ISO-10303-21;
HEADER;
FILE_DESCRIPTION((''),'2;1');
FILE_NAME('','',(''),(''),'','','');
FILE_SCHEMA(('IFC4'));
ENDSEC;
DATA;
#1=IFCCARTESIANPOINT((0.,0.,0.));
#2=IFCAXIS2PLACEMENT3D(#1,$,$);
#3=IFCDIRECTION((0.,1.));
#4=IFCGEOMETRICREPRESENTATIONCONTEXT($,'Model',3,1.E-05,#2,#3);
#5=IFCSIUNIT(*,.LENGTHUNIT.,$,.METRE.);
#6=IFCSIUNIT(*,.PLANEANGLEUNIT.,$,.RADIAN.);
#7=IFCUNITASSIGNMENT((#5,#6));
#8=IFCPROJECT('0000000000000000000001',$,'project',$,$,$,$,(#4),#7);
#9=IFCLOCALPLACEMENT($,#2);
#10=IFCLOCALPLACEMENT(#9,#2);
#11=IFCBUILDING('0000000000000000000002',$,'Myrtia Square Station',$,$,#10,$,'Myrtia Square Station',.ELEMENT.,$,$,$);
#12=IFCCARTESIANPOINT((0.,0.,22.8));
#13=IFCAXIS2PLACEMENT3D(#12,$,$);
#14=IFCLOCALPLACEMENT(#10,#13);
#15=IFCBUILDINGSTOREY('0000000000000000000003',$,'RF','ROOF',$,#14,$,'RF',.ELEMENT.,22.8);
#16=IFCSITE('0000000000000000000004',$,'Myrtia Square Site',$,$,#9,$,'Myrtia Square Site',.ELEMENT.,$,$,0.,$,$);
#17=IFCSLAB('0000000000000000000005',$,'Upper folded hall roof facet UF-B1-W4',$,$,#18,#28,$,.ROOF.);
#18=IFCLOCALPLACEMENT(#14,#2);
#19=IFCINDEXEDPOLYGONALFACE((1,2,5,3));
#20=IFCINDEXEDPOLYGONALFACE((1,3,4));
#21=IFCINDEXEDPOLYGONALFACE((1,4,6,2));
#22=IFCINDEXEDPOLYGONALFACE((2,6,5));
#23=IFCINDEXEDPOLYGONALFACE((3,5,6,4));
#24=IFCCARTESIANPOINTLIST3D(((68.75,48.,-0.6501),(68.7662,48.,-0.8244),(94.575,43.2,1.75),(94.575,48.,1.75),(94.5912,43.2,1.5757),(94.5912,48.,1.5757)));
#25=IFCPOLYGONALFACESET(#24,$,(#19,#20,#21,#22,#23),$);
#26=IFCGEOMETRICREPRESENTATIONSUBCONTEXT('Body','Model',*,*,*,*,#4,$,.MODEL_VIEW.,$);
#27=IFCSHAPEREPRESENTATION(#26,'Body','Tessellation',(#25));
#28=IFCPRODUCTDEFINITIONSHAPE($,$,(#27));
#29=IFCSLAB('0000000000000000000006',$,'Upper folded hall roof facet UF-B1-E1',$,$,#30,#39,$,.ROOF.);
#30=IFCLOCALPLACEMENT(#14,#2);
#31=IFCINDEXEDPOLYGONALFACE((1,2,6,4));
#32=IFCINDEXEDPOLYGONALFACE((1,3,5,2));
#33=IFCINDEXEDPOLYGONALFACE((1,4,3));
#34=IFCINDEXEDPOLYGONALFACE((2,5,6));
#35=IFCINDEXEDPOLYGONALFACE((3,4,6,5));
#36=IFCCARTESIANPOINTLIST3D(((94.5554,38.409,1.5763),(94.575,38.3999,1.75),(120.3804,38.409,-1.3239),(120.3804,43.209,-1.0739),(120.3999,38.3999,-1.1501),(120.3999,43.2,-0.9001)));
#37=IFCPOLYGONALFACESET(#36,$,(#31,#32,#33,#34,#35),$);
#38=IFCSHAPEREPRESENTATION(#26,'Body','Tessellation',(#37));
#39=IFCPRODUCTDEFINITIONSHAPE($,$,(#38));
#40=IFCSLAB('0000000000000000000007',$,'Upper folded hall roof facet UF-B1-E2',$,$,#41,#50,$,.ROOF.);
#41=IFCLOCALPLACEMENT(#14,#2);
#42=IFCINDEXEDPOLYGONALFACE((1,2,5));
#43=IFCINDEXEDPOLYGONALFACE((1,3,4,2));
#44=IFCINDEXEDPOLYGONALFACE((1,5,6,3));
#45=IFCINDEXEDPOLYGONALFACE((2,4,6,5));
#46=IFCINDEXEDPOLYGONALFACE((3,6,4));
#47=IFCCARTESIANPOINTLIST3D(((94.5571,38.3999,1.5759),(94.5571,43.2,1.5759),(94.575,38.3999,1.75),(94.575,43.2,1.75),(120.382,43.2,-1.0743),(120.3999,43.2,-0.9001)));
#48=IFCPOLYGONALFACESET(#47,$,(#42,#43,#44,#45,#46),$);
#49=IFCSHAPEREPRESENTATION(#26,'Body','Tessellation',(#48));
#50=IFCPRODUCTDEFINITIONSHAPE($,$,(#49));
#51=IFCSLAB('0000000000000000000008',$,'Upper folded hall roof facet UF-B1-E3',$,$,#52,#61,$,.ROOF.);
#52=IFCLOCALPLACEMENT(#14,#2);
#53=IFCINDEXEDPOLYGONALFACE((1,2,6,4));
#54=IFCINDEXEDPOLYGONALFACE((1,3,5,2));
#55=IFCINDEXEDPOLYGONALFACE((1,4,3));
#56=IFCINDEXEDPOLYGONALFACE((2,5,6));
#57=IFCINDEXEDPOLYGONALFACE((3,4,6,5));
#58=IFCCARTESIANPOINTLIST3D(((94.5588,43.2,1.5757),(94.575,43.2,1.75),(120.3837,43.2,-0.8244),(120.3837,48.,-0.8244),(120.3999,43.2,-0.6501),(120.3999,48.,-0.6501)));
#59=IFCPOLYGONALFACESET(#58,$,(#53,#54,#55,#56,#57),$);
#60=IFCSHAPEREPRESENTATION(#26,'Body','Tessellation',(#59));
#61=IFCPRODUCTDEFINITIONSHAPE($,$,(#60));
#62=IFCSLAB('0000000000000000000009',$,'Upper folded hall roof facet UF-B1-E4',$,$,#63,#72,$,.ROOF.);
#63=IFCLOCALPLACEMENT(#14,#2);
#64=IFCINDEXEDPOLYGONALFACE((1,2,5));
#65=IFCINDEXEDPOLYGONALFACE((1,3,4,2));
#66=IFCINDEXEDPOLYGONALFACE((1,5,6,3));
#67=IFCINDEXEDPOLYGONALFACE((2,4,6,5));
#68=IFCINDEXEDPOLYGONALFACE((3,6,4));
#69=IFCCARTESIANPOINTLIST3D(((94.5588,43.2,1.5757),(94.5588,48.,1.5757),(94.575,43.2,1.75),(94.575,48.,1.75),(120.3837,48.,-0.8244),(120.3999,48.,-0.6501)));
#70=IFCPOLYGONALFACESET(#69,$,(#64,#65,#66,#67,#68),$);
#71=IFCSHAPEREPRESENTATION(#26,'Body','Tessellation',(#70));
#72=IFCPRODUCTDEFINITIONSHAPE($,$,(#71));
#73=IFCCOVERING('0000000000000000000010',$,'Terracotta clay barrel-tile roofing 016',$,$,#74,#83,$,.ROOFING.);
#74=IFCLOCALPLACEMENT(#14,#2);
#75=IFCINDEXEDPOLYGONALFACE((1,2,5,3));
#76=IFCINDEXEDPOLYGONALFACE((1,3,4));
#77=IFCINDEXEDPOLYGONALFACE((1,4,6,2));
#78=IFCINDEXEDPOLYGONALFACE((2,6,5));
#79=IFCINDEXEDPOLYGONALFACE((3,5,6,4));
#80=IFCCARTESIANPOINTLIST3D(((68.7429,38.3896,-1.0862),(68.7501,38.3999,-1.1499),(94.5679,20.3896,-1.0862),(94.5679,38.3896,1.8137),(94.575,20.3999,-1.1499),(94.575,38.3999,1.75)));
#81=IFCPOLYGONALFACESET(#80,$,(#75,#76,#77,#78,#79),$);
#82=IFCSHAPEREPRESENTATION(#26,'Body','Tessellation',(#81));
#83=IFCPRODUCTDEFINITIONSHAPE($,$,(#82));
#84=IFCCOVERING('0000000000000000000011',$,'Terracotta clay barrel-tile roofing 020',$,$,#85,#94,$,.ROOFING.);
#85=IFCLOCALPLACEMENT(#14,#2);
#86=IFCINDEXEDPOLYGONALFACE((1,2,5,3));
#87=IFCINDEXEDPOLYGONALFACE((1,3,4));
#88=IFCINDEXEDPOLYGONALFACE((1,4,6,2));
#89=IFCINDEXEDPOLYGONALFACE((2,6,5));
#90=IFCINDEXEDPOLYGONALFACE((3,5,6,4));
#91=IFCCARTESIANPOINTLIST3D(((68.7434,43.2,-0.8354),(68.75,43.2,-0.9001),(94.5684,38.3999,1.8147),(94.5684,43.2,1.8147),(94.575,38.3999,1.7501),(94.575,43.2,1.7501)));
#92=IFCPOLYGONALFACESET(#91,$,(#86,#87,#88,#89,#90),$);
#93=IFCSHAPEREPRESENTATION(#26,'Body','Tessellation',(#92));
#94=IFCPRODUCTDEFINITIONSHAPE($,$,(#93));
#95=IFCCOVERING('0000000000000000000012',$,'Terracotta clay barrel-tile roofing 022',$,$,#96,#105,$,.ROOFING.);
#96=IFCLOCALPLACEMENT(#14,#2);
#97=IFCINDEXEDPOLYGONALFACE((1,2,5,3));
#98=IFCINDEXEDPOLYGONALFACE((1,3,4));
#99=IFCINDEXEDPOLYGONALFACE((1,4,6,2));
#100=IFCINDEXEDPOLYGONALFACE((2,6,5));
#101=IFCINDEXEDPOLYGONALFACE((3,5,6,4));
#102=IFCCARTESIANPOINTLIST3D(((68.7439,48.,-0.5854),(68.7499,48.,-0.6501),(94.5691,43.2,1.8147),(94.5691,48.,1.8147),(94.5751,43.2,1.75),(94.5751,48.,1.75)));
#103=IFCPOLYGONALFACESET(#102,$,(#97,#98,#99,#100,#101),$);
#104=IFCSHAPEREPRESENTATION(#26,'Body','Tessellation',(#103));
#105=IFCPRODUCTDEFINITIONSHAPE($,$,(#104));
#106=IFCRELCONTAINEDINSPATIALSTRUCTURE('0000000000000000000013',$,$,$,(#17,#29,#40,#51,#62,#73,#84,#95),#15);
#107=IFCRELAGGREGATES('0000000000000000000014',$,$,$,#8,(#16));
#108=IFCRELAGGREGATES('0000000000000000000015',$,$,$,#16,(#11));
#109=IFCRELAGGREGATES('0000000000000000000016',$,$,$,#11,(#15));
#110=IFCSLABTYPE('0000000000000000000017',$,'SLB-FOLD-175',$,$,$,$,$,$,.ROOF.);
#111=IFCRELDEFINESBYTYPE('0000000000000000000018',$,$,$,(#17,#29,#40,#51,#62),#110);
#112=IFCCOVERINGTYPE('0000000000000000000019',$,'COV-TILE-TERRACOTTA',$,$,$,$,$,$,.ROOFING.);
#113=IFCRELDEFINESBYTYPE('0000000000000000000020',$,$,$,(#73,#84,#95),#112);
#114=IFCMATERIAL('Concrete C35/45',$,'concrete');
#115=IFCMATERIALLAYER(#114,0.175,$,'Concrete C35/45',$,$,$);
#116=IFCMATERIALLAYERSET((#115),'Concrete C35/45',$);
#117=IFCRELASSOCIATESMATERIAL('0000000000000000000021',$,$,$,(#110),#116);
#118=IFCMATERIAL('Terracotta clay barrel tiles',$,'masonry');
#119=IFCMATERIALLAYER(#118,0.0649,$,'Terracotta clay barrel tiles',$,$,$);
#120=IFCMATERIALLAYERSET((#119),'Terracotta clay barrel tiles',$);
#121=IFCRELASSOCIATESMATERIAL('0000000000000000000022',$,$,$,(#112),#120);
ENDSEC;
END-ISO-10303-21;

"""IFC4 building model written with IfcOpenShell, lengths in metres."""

from ifc_helpers import new_model, si_unit, direction, frame, origin, place, context, subcontext, project, spatial, polyline, outline, extrude, material, layer, layer_set, type_object, element, save


model = new_model("IFC4")

# Units and contexts
model_context = context("Model", 3, precision=1e-05, world=origin(), true_north=direction((0.0, 1.0)))
body_context = subcontext(model_context, "Body", "Model", "MODEL_VIEW")
ifc_project = project(units=[si_unit("LENGTHUNIT", "METRE"), si_unit("PLANEANGLEUNIT", "RADIAN")], contexts=[model_context])

# Site, building, storey
site_placement = place(None, origin())
site = spatial("IfcSite", under=ifc_project, at=site_placement, Name="Myrtia Square Site", LongName="Myrtia Square Site", CompositionType="ELEMENT", RefElevation=0.0)
building_placement = place(site_placement, origin())
building = spatial("IfcBuilding", under=site, at=building_placement, Name="Myrtia Square Station", LongName="Myrtia Square Station", CompositionType="ELEMENT")
storey_placement = place(building_placement, frame((0.0, 0.0, 22.8)))
storey = spatial("IfcBuildingStorey", under=building, at=storey_placement, Name="RF", Description="ROOF", LongName="RF", CompositionType="ELEMENT", Elevation=22.8)

# Slabs
ifc_material_1 = material(Name="Concrete C35/45", Category="concrete")
ifc_layer_1 = layer(ifc_material_1, 0.175, Name="Concrete C35/45")
ifc_layer_set_1 = layer_set([ifc_layer_1], Name="Concrete C35/45")
slab_type = type_object("IfcSlabType", Name="SLB-FOLD-175", PredefinedType="ROOF", material=ifc_layer_set_1)
slab_1_placement = place(storey_placement, frame((94.575, 43.2, 1.75), z_axis=(-0.09254, 0.0, 0.995709), x_axis=(0.0, 1.0, 0.0)))
element("IfcSlab", 1, at=slab_1_placement, inside=storey, type_object=slab_type, Name="Upper folded hall roof facet UF-B1-W4", PredefinedType="ROOF", context=body_context, shape_type="SweptSolid", body=[
    extrude(outline(polyline([(0.0, 0.0), (4.8, 0.0), (4.8, 25.9362), (0.0, 0.0)])), origin(), (0.0, 0.0, -1.0), 0.175),
])
slab_2_placement = place(storey_placement, frame((94.575, 38.3999, 1.75), z_axis=(0.111449, -0.051688, 0.992425), x_axis=(0.993753, 0.0, -0.111599)))
element("IfcSlab", 2, at=slab_2_placement, inside=storey, type_object=slab_type, Name="Upper folded hall roof facet UF-B1-E1", PredefinedType="ROOF", context=body_context, shape_type="SweptSolid", body=[
    extrude(outline(polyline([(0.0, 0.0), (25.9873, 0.0), (25.9594, 4.8065), (0.0, 0.0)])), origin(), (0.0, 0.0, -1.0), 0.175),
])
slab_3_placement = place(storey_placement, frame((94.575, 38.3999, 1.75), z_axis=(0.102084, 0.0, 0.994776), x_axis=(0.978195, 0.181816, -0.100382)))
element("IfcSlab", 3, at=slab_3_placement, inside=storey, type_object=slab_type, Name="Upper folded hall roof facet UF-B1-E2", PredefinedType="ROOF", context=body_context, shape_type="SweptSolid", body=[
    extrude(outline(polyline([(0.0, 0.0), (26.4006, 0.0), (0.8727, 4.72), (0.0, 0.0)])), origin(), (0.0, 0.0, -1.0), 0.175),
])
slab_4_placement = place(storey_placement, frame((94.575, 43.2, 1.75), z_axis=(0.09254, 0.0, 0.995709), x_axis=(0.995709, 0.0, -0.09254)))
element("IfcSlab", 4, at=slab_4_placement, inside=storey, type_object=slab_type, Name="Upper folded hall roof facet UF-B1-E3", PredefinedType="ROOF", context=body_context, shape_type="SweptSolid", body=[
    extrude(outline(polyline([(0.0, 0.0), (25.9362, 0.0), (25.9362, 4.8), (0.0, 0.0)])), origin(), (0.0, 0.0, -1.0), 0.175),
])
slab_5_placement = place(storey_placement, frame((94.575, 43.2, 1.75), z_axis=(0.09254, 0.0, 0.995709), x_axis=(0.979083, 0.181981, -0.090995)))
element("IfcSlab", 5, at=slab_5_placement, inside=storey, type_object=slab_type, Name="Upper folded hall roof facet UF-B1-E4", PredefinedType="ROOF", context=body_context, shape_type="SweptSolid", body=[
    extrude(outline(polyline([(0.0, 0.0), (26.3767, 0.0), (0.8735, 4.7199), (0.0, 0.0)])), origin(), (0.0, 0.0, -1.0), 0.175),
])

# Coverings
ifc_material_2 = material(Name="Terracotta clay barrel tiles", Category="masonry")
ifc_layer_2 = layer(ifc_material_2, 0.0649, Name="Terracotta clay barrel tiles")
ifc_layer_set_2 = layer_set([ifc_layer_2], Name="Terracotta clay barrel tiles")
covering_type = type_object("IfcCoveringType", Name="COV-TILE-TERRACOTTA", PredefinedType="ROOFING", material=ifc_layer_set_2)
covering_1_placement = place(storey_placement, frame((94.5679, 20.3896, -1.0862), z_axis=(-0.110186, -0.158086, 0.981258), x_axis=(0.0, 0.98727, 0.159055)))
element("IfcCovering", 6, at=covering_1_placement, inside=storey, type_object=covering_type, Name="Terracotta clay barrel-tile roofing 016", PredefinedType="ROOFING", context=body_context, shape_type="SweptSolid", body=[
    extrude(outline(polyline([(0.0, 0.0), (18.2321, 0.0), (17.7709, 25.9832), (0.0, 0.0)])), origin(), (0.0, 0.0, -1.0), 0.0649),
])
covering_2_placement = place(storey_placement, frame((94.5684, 38.3999, 1.8147), z_axis=(-0.102084, 0.0, 0.994776), x_axis=(0.0, 1.0, 0.0)))
element("IfcCovering", 7, at=covering_2_placement, inside=storey, type_object=covering_type, Name="Terracotta clay barrel-tile roofing 020", PredefinedType="ROOFING", context=body_context, shape_type="SweptSolid", body=[
    extrude(outline(polyline([(0.0, 0.0), (4.8, 0.0), (4.8, 25.9606), (0.0, 0.0)])), origin(), (0.0, 0.0, -1.0), 0.0649),
])
covering_3_placement = place(storey_placement, frame((94.5691, 43.2, 1.8147), z_axis=(-0.092539, 0.0, 0.995709), x_axis=(0.0, 1.0, 0.0)))
element("IfcCovering", 8, at=covering_3_placement, inside=storey, type_object=covering_type, Name="Terracotta clay barrel-tile roofing 022", PredefinedType="ROOFING", context=body_context, shape_type="SweptSolid", body=[
    extrude(outline(polyline([(0.0, 0.0), (4.8, 0.0), (4.8, 25.9365), (0.0, 0.0)])), origin(), (0.0, 0.0, -1.0), 0.0649),
])

save(model, "model.ifc")
